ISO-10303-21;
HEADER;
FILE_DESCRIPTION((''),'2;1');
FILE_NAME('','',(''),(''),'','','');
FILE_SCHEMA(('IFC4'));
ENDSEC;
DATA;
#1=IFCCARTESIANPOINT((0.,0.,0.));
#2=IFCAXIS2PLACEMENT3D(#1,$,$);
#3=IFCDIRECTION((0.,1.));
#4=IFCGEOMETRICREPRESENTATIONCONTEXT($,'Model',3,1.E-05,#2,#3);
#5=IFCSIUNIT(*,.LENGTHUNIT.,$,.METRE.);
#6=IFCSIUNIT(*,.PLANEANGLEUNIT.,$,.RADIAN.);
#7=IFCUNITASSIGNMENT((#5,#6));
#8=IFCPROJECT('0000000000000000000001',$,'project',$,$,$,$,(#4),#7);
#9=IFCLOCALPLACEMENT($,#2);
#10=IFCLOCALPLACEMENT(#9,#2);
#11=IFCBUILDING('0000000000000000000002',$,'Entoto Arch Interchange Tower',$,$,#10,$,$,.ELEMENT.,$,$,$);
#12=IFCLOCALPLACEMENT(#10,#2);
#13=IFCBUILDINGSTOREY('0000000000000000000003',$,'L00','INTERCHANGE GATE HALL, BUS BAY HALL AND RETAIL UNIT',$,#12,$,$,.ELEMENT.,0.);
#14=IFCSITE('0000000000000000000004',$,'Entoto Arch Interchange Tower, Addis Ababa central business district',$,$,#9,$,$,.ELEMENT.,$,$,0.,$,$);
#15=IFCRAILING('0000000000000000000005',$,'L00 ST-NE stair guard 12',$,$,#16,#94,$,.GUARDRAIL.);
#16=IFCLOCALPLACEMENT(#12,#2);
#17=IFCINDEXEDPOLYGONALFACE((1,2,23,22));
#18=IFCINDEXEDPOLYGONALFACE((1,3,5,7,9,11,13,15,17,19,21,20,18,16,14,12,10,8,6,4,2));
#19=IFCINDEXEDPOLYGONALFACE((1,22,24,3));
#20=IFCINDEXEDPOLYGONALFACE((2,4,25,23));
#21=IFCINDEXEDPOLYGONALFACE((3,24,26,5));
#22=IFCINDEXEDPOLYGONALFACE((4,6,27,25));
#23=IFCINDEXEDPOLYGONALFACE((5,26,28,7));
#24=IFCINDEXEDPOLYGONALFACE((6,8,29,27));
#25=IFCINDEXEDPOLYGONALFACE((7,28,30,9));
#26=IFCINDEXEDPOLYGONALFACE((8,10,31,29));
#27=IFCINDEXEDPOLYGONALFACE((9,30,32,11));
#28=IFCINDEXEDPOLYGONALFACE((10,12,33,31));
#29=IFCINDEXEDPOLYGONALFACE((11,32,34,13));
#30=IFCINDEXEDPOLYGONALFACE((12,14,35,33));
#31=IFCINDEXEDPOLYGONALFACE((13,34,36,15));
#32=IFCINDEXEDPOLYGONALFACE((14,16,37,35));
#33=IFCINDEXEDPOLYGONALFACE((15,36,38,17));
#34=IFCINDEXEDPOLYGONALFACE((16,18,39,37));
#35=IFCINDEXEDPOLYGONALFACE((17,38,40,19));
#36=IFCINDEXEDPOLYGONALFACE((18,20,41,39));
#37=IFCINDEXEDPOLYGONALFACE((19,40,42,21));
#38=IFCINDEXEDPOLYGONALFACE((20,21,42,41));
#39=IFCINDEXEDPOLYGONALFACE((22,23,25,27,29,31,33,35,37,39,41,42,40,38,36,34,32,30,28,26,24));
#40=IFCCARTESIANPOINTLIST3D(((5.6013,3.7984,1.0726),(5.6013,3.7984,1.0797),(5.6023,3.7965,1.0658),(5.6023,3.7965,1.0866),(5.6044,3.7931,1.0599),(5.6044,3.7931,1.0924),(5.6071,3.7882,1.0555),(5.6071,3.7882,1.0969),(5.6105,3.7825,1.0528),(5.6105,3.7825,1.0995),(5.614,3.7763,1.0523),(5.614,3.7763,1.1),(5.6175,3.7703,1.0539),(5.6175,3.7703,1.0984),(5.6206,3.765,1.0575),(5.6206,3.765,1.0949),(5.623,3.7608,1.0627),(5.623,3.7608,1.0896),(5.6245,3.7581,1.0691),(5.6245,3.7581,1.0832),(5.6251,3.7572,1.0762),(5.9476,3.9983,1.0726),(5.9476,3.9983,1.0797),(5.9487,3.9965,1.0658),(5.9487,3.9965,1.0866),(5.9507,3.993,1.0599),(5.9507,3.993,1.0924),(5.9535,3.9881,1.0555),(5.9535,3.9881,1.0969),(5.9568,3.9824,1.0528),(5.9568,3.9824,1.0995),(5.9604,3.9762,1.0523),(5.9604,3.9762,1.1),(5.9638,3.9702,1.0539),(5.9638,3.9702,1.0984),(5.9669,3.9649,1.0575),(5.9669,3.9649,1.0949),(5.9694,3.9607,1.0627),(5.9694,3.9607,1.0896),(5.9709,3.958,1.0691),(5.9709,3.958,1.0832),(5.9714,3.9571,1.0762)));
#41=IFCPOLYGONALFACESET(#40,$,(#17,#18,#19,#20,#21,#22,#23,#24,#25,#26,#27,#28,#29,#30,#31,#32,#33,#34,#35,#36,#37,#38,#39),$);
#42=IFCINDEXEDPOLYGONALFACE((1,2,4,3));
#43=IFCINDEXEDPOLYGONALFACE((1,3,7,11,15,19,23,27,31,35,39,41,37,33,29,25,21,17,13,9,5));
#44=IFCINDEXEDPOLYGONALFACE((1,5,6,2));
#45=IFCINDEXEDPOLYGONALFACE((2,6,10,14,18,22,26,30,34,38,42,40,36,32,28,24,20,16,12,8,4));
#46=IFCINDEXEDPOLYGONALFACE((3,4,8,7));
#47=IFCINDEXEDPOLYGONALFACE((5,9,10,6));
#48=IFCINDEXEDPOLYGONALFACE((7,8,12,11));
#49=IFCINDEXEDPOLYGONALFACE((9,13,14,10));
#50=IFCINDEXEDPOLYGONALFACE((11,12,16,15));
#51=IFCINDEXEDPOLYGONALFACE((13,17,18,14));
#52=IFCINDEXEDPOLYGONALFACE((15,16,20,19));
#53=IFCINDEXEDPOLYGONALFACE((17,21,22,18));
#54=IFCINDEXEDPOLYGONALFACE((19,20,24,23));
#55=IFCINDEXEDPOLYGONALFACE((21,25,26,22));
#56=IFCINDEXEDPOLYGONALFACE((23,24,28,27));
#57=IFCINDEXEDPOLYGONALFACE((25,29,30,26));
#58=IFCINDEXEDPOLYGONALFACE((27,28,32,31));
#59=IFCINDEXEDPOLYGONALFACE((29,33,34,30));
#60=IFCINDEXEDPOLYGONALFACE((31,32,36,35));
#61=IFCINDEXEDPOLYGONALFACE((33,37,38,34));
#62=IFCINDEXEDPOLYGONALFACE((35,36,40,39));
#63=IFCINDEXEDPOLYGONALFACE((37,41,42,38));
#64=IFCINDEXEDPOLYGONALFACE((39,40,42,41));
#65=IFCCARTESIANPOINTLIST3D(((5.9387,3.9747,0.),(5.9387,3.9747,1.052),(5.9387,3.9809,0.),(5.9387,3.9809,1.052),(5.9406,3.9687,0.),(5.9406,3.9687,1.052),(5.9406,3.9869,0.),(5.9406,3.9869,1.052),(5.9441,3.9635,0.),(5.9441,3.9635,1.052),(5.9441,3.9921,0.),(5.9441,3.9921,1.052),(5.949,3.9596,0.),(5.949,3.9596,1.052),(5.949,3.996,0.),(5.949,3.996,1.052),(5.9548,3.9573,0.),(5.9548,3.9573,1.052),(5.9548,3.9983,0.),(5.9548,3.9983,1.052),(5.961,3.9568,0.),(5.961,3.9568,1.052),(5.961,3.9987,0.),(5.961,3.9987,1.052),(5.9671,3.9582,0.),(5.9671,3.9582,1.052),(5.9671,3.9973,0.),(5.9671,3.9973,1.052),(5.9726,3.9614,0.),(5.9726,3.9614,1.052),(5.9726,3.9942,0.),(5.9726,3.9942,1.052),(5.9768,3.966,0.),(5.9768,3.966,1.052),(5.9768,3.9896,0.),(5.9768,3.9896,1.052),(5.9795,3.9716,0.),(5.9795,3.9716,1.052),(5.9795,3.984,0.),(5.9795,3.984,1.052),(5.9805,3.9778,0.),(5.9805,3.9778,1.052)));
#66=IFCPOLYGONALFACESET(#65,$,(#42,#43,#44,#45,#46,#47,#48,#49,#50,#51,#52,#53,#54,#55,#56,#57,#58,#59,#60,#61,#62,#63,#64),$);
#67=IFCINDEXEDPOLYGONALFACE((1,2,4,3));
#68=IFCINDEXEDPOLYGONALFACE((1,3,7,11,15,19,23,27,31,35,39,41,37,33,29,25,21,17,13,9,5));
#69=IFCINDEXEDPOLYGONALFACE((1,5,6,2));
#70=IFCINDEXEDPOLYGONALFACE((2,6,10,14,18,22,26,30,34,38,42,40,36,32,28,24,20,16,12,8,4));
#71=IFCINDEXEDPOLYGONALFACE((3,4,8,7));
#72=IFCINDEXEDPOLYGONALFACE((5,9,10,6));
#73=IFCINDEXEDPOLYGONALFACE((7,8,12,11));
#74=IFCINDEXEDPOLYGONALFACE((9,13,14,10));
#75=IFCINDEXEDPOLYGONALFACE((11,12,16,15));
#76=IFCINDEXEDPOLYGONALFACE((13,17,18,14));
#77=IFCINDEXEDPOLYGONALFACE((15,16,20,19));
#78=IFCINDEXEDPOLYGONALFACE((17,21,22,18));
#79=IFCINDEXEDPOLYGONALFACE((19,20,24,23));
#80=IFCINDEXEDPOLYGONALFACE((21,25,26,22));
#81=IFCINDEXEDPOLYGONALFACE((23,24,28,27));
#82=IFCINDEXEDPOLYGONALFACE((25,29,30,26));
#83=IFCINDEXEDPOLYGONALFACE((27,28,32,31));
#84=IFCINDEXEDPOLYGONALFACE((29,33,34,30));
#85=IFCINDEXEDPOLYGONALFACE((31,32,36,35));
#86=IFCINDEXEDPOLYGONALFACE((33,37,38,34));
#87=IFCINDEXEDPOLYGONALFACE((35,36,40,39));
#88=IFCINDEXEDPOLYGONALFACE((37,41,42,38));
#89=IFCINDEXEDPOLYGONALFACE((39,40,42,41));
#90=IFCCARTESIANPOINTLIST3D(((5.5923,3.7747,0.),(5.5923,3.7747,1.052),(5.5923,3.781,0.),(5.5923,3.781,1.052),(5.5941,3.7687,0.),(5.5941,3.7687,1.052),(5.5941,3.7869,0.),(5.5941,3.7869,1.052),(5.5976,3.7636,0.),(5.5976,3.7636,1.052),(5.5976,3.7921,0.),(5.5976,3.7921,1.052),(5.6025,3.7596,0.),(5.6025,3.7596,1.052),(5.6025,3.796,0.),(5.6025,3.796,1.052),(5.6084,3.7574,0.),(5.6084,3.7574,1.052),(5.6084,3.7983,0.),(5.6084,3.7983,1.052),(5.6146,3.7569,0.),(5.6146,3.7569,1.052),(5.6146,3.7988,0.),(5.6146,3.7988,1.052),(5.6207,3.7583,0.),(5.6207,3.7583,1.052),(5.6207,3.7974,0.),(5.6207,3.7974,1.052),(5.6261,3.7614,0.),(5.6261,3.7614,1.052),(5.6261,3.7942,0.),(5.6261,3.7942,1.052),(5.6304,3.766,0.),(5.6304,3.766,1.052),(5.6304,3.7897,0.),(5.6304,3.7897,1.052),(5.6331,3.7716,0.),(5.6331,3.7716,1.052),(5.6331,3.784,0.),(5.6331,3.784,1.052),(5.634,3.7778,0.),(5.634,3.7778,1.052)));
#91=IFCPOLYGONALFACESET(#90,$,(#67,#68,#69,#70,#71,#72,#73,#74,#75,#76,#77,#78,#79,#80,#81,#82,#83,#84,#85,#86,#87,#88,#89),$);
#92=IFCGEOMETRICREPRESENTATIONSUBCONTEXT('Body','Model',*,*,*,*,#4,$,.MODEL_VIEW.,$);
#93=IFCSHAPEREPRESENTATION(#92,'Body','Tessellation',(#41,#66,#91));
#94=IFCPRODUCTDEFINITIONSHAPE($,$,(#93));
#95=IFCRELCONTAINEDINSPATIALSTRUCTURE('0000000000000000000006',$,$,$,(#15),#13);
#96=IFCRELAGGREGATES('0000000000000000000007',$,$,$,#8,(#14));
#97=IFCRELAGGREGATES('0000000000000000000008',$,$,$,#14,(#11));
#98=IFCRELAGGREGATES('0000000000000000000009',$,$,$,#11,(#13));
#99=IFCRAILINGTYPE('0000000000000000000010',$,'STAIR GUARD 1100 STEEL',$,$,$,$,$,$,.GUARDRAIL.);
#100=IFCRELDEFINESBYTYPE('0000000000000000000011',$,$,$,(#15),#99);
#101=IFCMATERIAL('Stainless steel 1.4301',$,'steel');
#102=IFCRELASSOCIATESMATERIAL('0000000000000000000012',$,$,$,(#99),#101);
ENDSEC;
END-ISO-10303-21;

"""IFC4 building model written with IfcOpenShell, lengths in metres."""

from ifc_helpers import new_model, si_unit, direction, frame, origin, origin_2d, place, context, subcontext, project, spatial, circle, extrude, material, type_object, element, save


model = new_model("IFC4")

# Units and contexts
model_context = context("Model", 3, precision=1e-05, world=origin(), true_north=direction((0.0, 1.0)))
body_context = subcontext(model_context, "Body", "Model", "MODEL_VIEW")
ifc_project = project(units=[si_unit("LENGTHUNIT", "METRE"), si_unit("PLANEANGLEUNIT", "RADIAN")], contexts=[model_context])

# Site, building, storey
site_placement = place(None, origin())
site = spatial("IfcSite", under=ifc_project, at=site_placement, Name="Entoto Arch Interchange Tower, Addis Ababa central business district", CompositionType="ELEMENT", RefElevation=0.0)
building_placement = place(site_placement, origin())
building = spatial("IfcBuilding", under=site, at=building_placement, Name="Entoto Arch Interchange Tower", CompositionType="ELEMENT")
storey_placement = place(building_placement, origin())
storey = spatial("IfcBuildingStorey", under=building, at=storey_placement, Name="L00", Description="INTERCHANGE GATE HALL, BUS BAY HALL AND RETAIL UNIT", CompositionType="ELEMENT", Elevation=0.0)

# Railing
ifc_material_1 = material(Name="Stainless steel 1.4301", Category="steel")
railing_type_1 = type_object("IfcRailingType", Name="STAIR GUARD 1100 STEEL", PredefinedType="GUARDRAIL", material=ifc_material_1)
railing_1_placement = place(storey_placement, frame((5.9595, 3.9778, 0.0)))
element("IfcRailing", 1, at=railing_1_placement, inside=storey, type_object=railing_type_1, Name="L00 ST-NE stair guard 12", PredefinedType="GUARDRAIL", context=body_context, shape_type="SweptSolid", body=[
    extrude(circle(Radius=0.0239, at=origin_2d()), frame((0.0, 0.0, 1.0762), z_axis=(-0.866094, -0.499881, 0.0), x_axis=(0.499881, -0.866094, 0.0)), (0.0, 0.0, 1.0), 0.3999),
    extrude(circle(Radius=0.021, at=origin_2d()), origin(), (0.0, 0.0, 1.0), 1.052),
    extrude(circle(Radius=0.021, at=origin_2d()), frame((-0.3464, -0.2, 0.0)), (0.0, 0.0, 1.0), 1.052),
])

save(model, "model.ifc")
